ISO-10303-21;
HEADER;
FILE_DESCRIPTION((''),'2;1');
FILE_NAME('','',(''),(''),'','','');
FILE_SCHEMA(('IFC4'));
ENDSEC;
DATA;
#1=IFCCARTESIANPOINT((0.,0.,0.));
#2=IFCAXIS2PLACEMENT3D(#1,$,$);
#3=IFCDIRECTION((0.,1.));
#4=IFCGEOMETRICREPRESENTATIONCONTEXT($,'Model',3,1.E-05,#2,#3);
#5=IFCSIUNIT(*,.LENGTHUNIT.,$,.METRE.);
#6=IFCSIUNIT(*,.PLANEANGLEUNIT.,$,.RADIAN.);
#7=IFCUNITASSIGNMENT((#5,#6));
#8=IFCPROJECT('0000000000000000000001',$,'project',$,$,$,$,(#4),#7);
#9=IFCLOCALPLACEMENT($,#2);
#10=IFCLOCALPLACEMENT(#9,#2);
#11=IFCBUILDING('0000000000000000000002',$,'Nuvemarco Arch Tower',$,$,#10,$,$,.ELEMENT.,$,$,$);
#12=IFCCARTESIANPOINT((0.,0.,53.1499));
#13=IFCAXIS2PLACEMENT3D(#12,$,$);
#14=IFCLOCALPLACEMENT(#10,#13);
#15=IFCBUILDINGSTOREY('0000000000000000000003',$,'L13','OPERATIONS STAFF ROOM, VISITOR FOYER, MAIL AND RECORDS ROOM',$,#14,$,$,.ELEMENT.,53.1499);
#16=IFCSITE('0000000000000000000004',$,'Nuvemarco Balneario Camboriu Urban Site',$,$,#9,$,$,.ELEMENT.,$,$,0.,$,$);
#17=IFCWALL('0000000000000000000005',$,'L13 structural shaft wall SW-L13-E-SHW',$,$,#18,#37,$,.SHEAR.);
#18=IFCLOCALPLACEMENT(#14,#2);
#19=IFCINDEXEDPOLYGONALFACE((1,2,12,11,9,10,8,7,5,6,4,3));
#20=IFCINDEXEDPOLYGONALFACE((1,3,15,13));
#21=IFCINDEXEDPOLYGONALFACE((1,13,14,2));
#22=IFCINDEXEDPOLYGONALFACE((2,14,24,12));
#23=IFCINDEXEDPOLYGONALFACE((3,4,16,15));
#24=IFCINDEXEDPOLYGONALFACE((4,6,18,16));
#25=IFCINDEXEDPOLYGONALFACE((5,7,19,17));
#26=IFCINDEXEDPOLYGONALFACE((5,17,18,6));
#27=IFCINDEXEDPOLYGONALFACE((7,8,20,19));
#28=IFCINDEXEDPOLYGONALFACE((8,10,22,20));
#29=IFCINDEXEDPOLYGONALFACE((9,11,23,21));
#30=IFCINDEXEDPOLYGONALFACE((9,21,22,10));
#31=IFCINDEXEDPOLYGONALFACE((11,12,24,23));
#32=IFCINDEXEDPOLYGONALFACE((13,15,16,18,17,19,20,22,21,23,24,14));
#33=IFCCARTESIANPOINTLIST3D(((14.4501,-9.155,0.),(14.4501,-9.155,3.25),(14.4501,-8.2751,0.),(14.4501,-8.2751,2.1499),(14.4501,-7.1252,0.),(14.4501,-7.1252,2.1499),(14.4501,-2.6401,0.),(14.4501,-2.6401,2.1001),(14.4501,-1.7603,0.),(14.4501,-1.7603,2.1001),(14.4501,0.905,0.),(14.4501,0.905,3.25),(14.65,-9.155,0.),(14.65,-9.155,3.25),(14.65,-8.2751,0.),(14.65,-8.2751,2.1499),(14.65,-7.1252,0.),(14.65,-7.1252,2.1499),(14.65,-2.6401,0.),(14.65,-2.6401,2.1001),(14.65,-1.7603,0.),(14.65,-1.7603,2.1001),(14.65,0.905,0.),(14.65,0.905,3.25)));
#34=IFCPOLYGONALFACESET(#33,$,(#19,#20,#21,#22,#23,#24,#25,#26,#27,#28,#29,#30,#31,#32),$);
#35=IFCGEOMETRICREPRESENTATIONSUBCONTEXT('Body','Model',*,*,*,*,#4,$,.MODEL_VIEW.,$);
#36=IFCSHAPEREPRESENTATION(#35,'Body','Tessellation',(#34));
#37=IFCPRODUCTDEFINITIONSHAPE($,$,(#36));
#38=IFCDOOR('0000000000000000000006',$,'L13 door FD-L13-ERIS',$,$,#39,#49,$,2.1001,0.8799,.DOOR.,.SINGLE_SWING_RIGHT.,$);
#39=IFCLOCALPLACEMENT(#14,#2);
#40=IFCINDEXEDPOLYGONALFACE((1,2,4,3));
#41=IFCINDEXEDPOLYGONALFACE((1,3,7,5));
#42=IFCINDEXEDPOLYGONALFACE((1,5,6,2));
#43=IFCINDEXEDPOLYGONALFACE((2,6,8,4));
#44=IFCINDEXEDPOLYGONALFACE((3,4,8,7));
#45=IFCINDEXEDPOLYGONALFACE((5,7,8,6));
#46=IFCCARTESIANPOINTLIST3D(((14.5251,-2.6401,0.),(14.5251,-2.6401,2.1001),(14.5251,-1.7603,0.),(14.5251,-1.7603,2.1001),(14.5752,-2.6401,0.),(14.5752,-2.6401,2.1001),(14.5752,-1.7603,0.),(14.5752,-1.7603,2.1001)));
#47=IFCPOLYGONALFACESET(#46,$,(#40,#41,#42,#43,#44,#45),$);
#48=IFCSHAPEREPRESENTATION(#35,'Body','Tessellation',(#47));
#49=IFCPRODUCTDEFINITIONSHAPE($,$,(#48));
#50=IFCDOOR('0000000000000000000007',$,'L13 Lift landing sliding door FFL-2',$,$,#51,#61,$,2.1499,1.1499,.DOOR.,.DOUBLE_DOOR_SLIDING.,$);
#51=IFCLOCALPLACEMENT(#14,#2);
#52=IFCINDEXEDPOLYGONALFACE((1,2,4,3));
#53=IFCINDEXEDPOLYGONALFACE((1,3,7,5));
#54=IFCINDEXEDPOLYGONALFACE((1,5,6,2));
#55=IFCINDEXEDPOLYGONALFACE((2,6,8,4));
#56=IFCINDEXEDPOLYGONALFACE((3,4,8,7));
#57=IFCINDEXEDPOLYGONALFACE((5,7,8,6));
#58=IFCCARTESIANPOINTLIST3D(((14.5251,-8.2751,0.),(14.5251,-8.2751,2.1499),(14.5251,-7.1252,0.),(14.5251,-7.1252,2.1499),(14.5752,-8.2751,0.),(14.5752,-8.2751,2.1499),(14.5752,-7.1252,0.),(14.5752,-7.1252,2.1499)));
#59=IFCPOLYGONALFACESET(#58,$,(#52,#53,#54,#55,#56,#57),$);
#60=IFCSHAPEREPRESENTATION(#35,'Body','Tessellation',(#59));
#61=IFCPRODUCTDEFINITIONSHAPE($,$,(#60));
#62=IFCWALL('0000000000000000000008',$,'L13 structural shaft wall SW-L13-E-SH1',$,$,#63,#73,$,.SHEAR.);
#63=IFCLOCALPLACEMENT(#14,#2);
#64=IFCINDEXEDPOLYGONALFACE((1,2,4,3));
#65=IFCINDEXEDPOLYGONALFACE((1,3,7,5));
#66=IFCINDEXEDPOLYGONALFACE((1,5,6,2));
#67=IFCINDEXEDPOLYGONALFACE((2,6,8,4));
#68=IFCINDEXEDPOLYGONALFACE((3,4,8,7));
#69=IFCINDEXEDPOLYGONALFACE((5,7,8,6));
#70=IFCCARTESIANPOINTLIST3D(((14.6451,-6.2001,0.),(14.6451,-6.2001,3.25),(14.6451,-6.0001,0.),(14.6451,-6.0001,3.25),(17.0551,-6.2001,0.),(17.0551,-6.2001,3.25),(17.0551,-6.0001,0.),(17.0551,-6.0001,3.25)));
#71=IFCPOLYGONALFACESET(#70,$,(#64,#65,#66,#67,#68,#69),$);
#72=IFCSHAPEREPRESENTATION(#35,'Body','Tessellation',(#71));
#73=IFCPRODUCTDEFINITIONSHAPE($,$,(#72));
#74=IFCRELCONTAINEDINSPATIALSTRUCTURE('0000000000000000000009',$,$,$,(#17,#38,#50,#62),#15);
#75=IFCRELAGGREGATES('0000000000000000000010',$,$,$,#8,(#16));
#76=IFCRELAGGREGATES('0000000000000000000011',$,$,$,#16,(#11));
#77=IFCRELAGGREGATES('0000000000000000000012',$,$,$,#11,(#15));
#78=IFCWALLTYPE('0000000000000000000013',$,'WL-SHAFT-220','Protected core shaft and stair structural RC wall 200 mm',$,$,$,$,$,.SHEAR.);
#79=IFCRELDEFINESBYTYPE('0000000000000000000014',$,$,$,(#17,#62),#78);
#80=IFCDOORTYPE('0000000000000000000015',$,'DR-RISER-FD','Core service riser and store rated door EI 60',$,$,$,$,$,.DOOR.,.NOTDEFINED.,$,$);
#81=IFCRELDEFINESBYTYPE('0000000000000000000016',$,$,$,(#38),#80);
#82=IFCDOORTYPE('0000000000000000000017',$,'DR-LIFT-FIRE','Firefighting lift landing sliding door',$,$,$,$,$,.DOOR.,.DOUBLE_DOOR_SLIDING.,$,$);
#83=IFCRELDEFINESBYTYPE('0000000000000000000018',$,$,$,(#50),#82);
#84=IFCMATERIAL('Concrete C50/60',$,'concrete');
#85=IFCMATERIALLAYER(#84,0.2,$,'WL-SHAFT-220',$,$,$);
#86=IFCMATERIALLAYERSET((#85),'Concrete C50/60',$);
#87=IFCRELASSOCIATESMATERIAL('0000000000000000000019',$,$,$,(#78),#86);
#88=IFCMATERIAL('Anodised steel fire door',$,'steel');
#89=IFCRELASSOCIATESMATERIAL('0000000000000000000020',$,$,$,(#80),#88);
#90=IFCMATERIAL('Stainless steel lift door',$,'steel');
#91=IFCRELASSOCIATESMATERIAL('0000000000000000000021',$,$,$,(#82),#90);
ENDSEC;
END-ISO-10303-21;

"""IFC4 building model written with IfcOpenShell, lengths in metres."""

from ifc_helpers import new_model, si_unit, direction, frame, frame_2d, origin, place, context, subcontext, project, spatial, rectangle, extrude, source, transform, mapped, material, layer, layer_set, type_object, type_shapes, element, fill, save


model = new_model("IFC4")

# Units and contexts
model_context = context("Model", 3, precision=1e-05, world=origin(), true_north=direction((0.0, 1.0)))
body_context = subcontext(model_context, "Body", "Model", "MODEL_VIEW")
ifc_project = project(units=[si_unit("LENGTHUNIT", "METRE"), si_unit("PLANEANGLEUNIT", "RADIAN")], contexts=[model_context])

# Site, building, storey
site_placement = place(None, origin())
site = spatial("IfcSite", under=ifc_project, at=site_placement, Name="Nuvemarco Balneario Camboriu Urban Site", CompositionType="ELEMENT", RefElevation=0.0)
building_placement = place(site_placement, origin())
building = spatial("IfcBuilding", under=site, at=building_placement, Name="Nuvemarco Arch Tower", CompositionType="ELEMENT")
storey_placement = place(building_placement, frame((0.0, 0.0, 53.1499)))
storey = spatial("IfcBuildingStorey", under=building, at=storey_placement, Name="L13", Description="OPERATIONS STAFF ROOM, VISITOR FOYER, MAIL AND RECORDS ROOM", CompositionType="ELEMENT", Elevation=53.1499)

# Wall, openings, doors
ifc_material_1 = material(Name="Concrete C50/60", Category="concrete")
ifc_layer_1 = layer(ifc_material_1, 0.2, Name="WL-SHAFT-220")
ifc_layer_set_1 = layer_set([ifc_layer_1], Name="Concrete C50/60")
wall_type_1 = type_object("IfcWallType", Name="WL-SHAFT-220", Description="Protected core shaft and stair structural RC wall 200 mm", PredefinedType="SHEAR", material=ifc_layer_set_1)
wall_1_placement = place(storey_placement, frame((14.55, -9.155, 0.0), z_axis=(0.0, 0.0, 1.0), x_axis=(0.0, 1.0, 0.0)))
wall_1 = element("IfcWall", 1, at=wall_1_placement, inside=storey, type_object=wall_type_1, Name="L13 structural shaft wall SW-L13-E-SHW", PredefinedType="SHEAR", context=body_context, shape_type="SweptSolid", body=[
    extrude(rectangle(XDim=10.0601, YDim=0.2, at=frame_2d((5.03, 0.0))), origin(), (0.0, 0.0, 1.0), 3.25),
])
opening_1_placement = place(wall_1_placement, frame((6.5149, 0.0, 0.0)))
opening_1 = element("IfcOpeningElement", 2, at=opening_1_placement, cuts=wall_1, PredefinedType="OPENING", context=body_context, shape_type="SweptSolid", body=[
    extrude(rectangle(XDim=0.8799, YDim=2.1001, at=frame_2d((0.4399, 1.05))), frame((0.0, 0.1099, 0.0), z_axis=(0.0, -1.0, 0.0), x_axis=(1.0, 0.0, 0.0)), (0.0, 0.0, 1.0), 0.22),
])
opening_2_placement = place(wall_1_placement, frame((0.8799, 0.0, 0.0)))
opening_2 = element("IfcOpeningElement", 3, at=opening_2_placement, cuts=wall_1, PredefinedType="OPENING", context=body_context, shape_type="SweptSolid", body=[
    extrude(rectangle(XDim=1.1499, YDim=2.1499, at=frame_2d((0.575, 1.075))), frame((0.0, 0.1099, 0.0), z_axis=(0.0, -1.0, 0.0), x_axis=(1.0, 0.0, 0.0)), (0.0, 0.0, 1.0), 0.22),
])
ifc_material_2 = material(Name="Anodised steel fire door", Category="steel")
door_type_1 = type_object("IfcDoorType", Name="DR-RISER-FD", Description="Core service riser and store rated door EI 60", OperationType="NOTDEFINED", PredefinedType="DOOR", material=ifc_material_2)
shared_shape_1 = source(origin(), body_context, "Body", "SweptSolid", [
    extrude(rectangle(XDim=0.8799, YDim=2.1001, at=frame_2d((0.4399, 1.05))), frame((0.0, 0.0249, 0.0), z_axis=(0.0, -1.0, 0.0), x_axis=(1.0, 0.0, 0.0)), (0.0, 0.0, 1.0), 0.05),
])
type_shapes(door_type_1, [shared_shape_1])
door_1_placement = place(opening_1_placement, origin())
door_1 = element("IfcDoor", 4, at=door_1_placement, inside=storey, type_object=door_type_1, Name="L13 door FD-L13-ERIS", OperationType="SINGLE_SWING_RIGHT", OverallHeight=2.1001, OverallWidth=0.8799, PredefinedType="DOOR", context=body_context, shape_type="MappedRepresentation", body=[
    mapped(shared_shape_1, transform((0.0, 0.0, 0.0), scale=1.0)),
])
fill(opening_1, door_1)
ifc_material_3 = material(Name="Stainless steel lift door", Category="steel")
door_type_2 = type_object("IfcDoorType", Name="DR-LIFT-FIRE", Description="Firefighting lift landing sliding door", OperationType="DOUBLE_DOOR_SLIDING", PredefinedType="DOOR", material=ifc_material_3)
shared_shape_2 = source(origin(), body_context, "Body", "SweptSolid", [
    extrude(rectangle(XDim=1.1499, YDim=2.1499, at=frame_2d((0.575, 1.075))), frame((0.0, 0.0249, 0.0), z_axis=(0.0, -1.0, 0.0), x_axis=(1.0, 0.0, 0.0)), (0.0, 0.0, 1.0), 0.05),
])
type_shapes(door_type_2, [shared_shape_2])
door_2_placement = place(opening_2_placement, origin())
door_2 = element("IfcDoor", 5, at=door_2_placement, inside=storey, type_object=door_type_2, Name="L13 Lift landing sliding door FFL-2", OperationType="DOUBLE_DOOR_SLIDING", OverallHeight=2.1499, OverallWidth=1.1499, PredefinedType="DOOR", context=body_context, shape_type="MappedRepresentation", body=[
    mapped(shared_shape_2, transform((0.0, 0.0, 0.0), scale=1.0)),
])
fill(opening_2, door_2)

# Wall
wall_2_placement = place(storey_placement, frame((14.645, -6.1001, 0.0), z_axis=(0.0, 0.0, 1.0), x_axis=(1.0, 0.0, 0.0)))
element("IfcWall", 6, at=wall_2_placement, inside=storey, type_object=wall_type_1, Name="L13 structural shaft wall SW-L13-E-SH1", PredefinedType="SHEAR", context=body_context, shape_type="SweptSolid", body=[
    extrude(rectangle(XDim=2.4099, YDim=0.2, at=frame_2d((1.2051, 0.0))), origin(), (0.0, 0.0, 1.0), 3.25),
])

save(model, "model.ifc")
